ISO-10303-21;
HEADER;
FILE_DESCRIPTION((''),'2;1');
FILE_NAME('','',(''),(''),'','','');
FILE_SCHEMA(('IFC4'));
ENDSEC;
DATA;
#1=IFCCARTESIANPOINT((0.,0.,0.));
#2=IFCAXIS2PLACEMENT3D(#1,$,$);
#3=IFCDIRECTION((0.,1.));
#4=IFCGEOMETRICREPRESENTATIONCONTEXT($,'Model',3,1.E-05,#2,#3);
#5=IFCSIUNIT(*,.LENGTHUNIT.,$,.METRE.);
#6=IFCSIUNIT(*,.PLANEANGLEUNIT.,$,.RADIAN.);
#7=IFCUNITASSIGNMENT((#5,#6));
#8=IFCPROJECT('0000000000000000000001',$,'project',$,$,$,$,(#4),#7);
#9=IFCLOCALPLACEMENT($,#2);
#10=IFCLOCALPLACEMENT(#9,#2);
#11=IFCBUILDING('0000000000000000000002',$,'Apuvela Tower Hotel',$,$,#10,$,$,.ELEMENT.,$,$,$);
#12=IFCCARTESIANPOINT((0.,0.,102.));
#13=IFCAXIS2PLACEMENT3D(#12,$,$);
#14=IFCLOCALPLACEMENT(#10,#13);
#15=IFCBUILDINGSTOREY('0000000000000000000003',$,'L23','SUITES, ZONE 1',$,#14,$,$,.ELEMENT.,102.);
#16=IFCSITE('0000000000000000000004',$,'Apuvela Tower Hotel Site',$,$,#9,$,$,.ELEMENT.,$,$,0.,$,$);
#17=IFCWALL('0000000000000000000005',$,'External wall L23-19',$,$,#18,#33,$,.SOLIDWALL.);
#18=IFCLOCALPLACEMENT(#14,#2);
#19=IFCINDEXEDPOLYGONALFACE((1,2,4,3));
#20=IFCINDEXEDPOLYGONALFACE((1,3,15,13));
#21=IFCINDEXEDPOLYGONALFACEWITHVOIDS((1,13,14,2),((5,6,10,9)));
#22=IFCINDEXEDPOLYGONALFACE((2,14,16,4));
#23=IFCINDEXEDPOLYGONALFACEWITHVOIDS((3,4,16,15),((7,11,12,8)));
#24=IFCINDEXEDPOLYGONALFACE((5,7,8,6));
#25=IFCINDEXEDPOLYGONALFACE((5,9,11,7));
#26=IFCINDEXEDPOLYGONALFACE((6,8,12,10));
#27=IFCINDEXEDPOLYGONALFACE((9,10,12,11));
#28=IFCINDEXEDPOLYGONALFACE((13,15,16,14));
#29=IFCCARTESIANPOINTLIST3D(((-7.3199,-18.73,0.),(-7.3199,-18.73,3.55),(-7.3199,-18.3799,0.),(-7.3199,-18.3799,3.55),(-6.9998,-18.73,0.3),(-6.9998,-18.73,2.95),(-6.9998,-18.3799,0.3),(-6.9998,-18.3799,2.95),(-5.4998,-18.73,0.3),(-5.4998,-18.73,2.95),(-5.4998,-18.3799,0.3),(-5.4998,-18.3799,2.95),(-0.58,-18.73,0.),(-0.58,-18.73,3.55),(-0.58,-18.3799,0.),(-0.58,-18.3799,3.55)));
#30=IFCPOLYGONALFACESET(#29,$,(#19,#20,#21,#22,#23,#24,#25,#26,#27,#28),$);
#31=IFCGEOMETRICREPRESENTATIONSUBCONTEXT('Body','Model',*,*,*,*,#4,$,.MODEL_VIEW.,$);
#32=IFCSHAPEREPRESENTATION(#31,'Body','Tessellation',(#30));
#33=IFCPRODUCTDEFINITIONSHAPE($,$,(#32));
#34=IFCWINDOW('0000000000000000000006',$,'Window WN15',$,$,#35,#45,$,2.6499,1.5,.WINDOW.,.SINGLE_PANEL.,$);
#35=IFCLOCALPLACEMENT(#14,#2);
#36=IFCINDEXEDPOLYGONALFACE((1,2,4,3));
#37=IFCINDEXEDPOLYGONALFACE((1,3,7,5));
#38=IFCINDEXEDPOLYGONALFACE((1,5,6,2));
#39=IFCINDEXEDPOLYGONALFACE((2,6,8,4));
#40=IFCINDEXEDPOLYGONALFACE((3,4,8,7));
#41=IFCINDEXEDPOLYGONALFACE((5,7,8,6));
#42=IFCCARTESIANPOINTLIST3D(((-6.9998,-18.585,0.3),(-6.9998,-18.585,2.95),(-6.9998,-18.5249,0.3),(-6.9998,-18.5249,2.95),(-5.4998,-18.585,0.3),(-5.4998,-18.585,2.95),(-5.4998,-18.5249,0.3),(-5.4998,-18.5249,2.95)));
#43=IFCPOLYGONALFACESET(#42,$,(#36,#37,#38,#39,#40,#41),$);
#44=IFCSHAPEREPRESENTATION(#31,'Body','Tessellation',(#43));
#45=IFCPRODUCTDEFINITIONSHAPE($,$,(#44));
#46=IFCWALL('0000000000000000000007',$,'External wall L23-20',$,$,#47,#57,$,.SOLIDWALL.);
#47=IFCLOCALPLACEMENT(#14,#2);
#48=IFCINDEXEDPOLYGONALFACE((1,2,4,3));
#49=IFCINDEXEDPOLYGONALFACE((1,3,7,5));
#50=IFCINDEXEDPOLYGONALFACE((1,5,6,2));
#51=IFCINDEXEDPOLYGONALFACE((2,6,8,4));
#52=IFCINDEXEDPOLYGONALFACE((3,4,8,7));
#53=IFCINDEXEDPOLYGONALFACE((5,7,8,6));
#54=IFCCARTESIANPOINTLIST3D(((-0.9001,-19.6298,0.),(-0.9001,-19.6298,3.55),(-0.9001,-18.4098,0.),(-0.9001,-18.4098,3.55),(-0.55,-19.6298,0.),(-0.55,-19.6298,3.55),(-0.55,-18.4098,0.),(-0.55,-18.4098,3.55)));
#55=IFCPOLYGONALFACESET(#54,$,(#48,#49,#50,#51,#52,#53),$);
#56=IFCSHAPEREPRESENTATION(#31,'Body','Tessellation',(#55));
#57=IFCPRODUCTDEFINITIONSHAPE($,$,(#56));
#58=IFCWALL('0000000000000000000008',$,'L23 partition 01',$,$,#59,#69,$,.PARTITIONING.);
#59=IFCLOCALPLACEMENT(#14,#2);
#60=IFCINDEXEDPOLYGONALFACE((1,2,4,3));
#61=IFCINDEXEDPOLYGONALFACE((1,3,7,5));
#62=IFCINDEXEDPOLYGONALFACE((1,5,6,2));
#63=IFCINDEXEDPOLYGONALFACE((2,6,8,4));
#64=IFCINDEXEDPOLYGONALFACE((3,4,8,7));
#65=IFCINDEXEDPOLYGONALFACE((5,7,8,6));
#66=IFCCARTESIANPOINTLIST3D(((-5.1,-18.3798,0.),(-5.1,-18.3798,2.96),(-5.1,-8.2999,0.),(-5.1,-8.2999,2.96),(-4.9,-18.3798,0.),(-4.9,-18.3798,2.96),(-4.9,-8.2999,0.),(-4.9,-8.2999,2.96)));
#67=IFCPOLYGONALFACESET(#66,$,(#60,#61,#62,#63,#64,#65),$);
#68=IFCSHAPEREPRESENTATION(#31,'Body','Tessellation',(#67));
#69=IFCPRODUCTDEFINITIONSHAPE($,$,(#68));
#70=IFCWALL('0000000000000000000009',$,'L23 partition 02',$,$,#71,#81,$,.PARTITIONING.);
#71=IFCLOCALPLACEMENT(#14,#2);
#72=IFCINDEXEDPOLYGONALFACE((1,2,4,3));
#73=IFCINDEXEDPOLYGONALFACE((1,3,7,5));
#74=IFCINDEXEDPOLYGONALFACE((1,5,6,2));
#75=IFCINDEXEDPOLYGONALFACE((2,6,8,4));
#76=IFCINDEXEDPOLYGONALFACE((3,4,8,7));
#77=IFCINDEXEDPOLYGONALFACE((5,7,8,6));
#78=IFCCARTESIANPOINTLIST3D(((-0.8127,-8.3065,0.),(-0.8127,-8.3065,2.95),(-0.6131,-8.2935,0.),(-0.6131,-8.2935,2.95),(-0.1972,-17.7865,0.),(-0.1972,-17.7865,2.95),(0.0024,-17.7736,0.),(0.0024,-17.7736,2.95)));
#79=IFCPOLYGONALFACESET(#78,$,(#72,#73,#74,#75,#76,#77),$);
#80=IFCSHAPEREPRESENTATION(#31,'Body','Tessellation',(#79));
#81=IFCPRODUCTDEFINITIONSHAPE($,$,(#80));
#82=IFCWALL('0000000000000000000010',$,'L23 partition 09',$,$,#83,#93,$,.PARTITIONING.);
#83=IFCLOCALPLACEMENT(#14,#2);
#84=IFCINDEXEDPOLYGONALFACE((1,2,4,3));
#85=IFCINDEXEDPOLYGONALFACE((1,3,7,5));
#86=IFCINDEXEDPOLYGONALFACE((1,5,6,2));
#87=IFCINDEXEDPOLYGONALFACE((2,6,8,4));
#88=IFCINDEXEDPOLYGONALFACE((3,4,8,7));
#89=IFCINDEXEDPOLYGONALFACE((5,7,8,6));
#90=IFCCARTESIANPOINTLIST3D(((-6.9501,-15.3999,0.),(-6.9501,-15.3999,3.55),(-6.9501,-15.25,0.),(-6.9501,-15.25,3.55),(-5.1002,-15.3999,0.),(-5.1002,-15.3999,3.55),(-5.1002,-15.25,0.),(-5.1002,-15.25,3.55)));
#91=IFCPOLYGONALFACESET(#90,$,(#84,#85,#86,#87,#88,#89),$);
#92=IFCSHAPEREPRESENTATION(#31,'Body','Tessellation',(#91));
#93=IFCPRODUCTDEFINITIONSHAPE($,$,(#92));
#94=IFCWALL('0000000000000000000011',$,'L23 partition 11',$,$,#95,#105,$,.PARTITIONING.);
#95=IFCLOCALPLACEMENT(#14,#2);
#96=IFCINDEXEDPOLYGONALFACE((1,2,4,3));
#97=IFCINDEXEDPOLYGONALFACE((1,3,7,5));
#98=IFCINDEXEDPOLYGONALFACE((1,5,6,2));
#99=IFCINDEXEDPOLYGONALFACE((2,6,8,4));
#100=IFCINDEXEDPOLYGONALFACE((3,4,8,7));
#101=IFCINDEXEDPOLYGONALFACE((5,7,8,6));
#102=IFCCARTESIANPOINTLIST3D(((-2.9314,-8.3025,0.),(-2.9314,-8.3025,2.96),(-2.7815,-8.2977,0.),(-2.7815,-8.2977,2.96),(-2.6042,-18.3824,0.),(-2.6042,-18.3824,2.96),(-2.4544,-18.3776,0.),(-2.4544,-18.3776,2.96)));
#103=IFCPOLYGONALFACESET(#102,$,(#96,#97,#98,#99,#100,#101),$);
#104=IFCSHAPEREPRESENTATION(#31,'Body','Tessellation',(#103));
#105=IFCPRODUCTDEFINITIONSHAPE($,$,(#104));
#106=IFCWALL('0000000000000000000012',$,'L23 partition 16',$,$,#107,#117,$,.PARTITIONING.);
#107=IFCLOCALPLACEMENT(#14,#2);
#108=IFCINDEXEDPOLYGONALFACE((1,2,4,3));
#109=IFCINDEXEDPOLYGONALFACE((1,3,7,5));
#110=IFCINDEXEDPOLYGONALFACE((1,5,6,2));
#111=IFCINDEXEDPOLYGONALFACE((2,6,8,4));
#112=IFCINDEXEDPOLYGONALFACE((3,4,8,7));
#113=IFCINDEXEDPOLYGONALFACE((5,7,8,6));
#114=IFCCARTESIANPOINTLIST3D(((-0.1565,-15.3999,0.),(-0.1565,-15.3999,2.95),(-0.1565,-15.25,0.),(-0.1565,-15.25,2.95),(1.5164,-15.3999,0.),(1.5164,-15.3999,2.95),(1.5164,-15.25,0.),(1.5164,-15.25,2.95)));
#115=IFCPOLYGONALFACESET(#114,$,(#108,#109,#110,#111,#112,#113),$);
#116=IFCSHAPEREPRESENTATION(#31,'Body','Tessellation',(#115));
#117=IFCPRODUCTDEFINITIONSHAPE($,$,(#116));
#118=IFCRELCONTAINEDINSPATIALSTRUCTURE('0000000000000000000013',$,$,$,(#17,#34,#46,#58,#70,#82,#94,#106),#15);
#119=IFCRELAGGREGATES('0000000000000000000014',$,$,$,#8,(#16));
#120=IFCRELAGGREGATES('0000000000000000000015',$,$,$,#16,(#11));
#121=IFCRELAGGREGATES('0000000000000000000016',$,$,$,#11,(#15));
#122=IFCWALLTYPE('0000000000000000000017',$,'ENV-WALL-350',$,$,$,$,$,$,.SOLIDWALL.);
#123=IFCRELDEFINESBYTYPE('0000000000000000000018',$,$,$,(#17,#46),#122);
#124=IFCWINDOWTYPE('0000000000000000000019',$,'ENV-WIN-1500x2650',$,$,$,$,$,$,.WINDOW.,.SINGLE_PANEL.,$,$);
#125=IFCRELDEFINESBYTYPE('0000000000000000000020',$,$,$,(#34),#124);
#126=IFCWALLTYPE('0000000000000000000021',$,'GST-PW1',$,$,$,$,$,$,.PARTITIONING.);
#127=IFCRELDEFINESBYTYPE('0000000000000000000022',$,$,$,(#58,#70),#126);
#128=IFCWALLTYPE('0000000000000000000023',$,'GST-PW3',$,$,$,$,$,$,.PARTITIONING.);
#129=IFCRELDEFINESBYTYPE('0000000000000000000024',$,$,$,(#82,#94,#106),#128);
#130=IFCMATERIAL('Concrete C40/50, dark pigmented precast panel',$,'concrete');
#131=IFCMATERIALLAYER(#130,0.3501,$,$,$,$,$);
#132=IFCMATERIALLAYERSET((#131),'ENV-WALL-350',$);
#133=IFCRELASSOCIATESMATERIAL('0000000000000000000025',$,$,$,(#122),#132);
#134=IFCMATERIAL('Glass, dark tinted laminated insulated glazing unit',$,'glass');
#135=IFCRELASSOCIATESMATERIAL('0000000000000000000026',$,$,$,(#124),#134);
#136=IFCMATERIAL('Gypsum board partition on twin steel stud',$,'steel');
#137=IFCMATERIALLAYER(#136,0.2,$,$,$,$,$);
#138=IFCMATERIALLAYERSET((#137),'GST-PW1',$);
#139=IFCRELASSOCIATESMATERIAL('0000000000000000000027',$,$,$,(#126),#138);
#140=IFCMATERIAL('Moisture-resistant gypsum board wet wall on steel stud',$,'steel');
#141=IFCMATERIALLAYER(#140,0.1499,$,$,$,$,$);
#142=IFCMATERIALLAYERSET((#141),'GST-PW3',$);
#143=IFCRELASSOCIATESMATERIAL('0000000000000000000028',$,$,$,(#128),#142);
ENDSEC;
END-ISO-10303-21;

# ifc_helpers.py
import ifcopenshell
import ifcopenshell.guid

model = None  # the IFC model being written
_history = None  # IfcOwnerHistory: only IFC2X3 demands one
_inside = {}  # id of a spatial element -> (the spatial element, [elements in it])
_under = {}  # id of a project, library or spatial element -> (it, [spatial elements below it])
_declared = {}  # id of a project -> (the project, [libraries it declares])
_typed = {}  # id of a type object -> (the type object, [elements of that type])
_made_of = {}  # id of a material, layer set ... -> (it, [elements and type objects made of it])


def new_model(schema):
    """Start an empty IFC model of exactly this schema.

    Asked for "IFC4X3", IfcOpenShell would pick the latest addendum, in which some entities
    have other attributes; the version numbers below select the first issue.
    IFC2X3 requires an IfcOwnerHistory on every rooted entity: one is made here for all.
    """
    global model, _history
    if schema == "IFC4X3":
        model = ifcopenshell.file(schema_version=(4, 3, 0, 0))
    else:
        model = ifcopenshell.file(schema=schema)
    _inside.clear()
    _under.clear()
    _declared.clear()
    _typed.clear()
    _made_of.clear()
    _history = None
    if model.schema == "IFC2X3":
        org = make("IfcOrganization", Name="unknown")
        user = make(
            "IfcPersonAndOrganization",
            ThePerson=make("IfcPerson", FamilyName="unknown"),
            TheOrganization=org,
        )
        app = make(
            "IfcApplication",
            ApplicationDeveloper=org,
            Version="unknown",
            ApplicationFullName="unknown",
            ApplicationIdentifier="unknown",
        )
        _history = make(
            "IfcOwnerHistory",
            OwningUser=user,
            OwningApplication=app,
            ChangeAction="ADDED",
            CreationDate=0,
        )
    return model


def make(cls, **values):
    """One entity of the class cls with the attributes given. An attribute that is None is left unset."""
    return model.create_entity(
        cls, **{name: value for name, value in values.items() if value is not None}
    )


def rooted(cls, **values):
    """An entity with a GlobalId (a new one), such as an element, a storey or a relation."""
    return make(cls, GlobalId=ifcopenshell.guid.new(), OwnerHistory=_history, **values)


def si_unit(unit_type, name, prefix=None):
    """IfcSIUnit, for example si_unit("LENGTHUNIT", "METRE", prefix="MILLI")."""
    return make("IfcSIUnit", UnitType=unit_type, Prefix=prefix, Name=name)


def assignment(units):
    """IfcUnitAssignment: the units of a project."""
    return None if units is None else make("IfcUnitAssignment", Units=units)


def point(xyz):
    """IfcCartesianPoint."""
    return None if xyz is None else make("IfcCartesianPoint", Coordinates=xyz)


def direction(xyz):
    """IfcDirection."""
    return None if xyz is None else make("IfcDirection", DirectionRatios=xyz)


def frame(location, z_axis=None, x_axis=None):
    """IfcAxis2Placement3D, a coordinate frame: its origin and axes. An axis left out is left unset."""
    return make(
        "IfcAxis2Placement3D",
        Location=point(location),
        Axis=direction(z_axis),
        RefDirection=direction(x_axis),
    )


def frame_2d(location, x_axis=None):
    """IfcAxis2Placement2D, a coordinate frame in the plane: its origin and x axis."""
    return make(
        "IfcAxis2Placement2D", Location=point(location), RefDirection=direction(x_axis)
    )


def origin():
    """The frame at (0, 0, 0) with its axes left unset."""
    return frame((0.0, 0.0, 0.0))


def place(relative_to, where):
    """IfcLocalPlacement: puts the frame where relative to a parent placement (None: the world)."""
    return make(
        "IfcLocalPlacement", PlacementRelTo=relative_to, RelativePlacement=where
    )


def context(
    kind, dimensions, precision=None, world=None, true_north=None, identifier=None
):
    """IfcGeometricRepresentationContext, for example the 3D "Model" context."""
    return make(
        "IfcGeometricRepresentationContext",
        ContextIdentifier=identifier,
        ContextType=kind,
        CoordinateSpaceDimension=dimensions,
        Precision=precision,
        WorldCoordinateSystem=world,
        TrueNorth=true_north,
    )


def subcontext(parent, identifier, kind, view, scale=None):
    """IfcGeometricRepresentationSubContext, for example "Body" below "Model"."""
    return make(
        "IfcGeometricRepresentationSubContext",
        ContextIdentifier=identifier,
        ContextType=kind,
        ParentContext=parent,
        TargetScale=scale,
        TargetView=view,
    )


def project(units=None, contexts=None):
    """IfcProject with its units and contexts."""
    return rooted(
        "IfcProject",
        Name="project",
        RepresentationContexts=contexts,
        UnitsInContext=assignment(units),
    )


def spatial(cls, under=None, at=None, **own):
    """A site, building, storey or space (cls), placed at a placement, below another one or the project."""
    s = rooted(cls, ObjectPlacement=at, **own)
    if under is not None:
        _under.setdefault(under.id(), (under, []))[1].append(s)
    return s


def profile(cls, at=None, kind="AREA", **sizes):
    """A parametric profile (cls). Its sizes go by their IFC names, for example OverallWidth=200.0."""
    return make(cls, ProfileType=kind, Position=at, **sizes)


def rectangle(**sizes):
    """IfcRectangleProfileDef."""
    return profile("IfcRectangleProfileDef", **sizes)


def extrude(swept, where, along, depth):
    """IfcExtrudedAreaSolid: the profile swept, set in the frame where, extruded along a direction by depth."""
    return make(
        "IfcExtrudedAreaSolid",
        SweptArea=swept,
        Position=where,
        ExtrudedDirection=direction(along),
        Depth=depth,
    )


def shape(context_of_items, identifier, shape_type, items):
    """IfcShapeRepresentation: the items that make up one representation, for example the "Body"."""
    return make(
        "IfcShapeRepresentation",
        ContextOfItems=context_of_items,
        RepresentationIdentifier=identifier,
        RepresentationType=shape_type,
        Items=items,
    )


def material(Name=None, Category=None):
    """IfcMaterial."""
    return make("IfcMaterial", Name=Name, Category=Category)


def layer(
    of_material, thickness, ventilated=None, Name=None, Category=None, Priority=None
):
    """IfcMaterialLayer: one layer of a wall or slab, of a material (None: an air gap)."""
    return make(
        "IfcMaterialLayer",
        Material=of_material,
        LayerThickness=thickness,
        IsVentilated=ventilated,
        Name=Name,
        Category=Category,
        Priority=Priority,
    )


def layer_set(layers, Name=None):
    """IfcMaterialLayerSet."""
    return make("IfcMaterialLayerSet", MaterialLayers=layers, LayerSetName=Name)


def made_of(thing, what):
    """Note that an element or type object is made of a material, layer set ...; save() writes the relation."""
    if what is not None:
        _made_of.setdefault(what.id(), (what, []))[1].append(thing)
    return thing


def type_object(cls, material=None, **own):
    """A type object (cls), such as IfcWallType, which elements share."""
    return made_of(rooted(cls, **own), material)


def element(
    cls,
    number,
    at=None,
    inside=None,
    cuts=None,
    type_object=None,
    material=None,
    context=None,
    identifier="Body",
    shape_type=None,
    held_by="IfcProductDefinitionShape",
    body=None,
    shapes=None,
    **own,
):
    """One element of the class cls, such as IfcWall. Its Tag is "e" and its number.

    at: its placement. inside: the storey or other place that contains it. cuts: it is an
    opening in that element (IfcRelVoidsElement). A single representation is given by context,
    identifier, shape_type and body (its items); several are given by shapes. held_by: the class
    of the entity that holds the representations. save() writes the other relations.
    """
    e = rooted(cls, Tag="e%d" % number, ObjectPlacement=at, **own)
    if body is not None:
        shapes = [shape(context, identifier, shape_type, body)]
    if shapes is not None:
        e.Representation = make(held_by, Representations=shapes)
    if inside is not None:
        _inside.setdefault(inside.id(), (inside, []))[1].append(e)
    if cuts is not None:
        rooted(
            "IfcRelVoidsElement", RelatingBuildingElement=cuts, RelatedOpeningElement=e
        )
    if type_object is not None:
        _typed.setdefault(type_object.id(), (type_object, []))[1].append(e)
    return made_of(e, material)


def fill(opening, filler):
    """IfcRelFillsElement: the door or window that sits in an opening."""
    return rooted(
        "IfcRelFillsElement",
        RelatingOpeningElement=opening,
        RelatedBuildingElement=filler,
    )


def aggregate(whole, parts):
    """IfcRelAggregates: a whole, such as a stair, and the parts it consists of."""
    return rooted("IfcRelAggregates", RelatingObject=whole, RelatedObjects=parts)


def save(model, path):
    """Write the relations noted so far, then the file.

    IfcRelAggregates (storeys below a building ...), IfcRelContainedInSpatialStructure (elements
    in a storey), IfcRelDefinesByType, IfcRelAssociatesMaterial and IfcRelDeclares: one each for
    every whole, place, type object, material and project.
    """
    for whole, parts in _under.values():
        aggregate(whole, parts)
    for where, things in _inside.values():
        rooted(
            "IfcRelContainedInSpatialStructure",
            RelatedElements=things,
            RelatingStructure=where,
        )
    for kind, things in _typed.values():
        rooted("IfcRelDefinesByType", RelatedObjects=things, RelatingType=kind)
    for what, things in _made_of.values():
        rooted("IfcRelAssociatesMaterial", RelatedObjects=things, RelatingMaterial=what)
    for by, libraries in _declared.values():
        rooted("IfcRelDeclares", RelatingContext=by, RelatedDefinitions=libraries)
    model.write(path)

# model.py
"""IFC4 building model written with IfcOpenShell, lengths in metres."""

from ifc_helpers import new_model, si_unit, direction, frame, frame_2d, origin, place, context, subcontext, project, spatial, rectangle, extrude, material, layer, layer_set, type_object, element, fill, save


model = new_model("IFC4")

# Units and contexts
model_context = context("Model", 3, precision=1e-05, world=origin(), true_north=direction((0.0, 1.0)))
body_context = subcontext(model_context, "Body", "Model", "MODEL_VIEW")
ifc_project = project(units=[si_unit("LENGTHUNIT", "METRE"), si_unit("PLANEANGLEUNIT", "RADIAN")], contexts=[model_context])

# Site, building, storey
site_placement = place(None, origin())
site = spatial("IfcSite", under=ifc_project, at=site_placement, Name="Apuvela Tower Hotel Site", CompositionType="ELEMENT", RefElevation=0.0)
building_placement = place(site_placement, origin())
building = spatial("IfcBuilding", under=site, at=building_placement, Name="Apuvela Tower Hotel", CompositionType="ELEMENT")
storey_placement = place(building_placement, frame((0.0, 0.0, 102.0)))
storey = spatial("IfcBuildingStorey", under=building, at=storey_placement, Name="L23", Description="SUITES, ZONE 1", CompositionType="ELEMENT", Elevation=102.0)

# Shared definitions
ifc_material_1 = material(Name="Concrete C40/50, dark pigmented precast panel", Category="concrete")
ifc_layer_1 = layer(ifc_material_1, 0.3501)
ifc_layer_set_1 = layer_set([ifc_layer_1], Name="ENV-WALL-350")
wall_type_1 = type_object("IfcWallType", Name="ENV-WALL-350", PredefinedType="SOLIDWALL", material=ifc_layer_set_1)

# Wall, opening, window
wall_1_placement = place(storey_placement, frame((-7.3201, -18.5549, 0.0), z_axis=(0.0, 0.0, 1.0), x_axis=(1.0, 0.0, 0.0)))
wall_1 = element("IfcWall", 1, at=wall_1_placement, inside=storey, type_object=wall_type_1, Name="External wall L23-19", PredefinedType="SOLIDWALL", context=body_context, shape_type="SweptSolid", body=[
    extrude(rectangle(XDim=6.74, YDim=0.3501, at=frame_2d((3.3701, 0.0))), origin(), (0.0, 0.0, 1.0), 3.55),
])
opening_1_placement = place(wall_1_placement, frame((0.3203, 0.0, 0.3)))
opening_1 = element("IfcOpeningElement", 2, at=opening_1_placement, cuts=wall_1, PredefinedType="OPENING", context=body_context, shape_type="SweptSolid", body=[
    extrude(rectangle(XDim=1.5, YDim=2.6499, at=frame_2d((0.75, 1.325))), frame((0.0, 0.1851, 0.0), z_axis=(0.0, -1.0, 0.0), x_axis=(1.0, 0.0, 0.0)), (0.0, 0.0, 1.0), 0.3701),
])
ifc_material_2 = material(Name="Glass, dark tinted laminated insulated glazing unit", Category="glass")
window_type_1 = type_object("IfcWindowType", Name="ENV-WIN-1500x2650", PartitioningType="SINGLE_PANEL", PredefinedType="WINDOW", material=ifc_material_2)
window_1_placement = place(opening_1_placement, origin())
window_1 = element("IfcWindow", 3, at=window_1_placement, inside=storey, type_object=window_type_1, Name="Window WN15", OverallHeight=2.6499, OverallWidth=1.5, PartitioningType="SINGLE_PANEL", PredefinedType="WINDOW", context=body_context, shape_type="SweptSolid", body=[
    extrude(rectangle(XDim=1.5, YDim=2.6499, at=frame_2d((0.75, 1.325))), frame((0.0, 0.03, 0.0), z_axis=(0.0, -1.0, 0.0), x_axis=(1.0, 0.0, 0.0)), (0.0, 0.0, 1.0), 0.0601),
])
fill(opening_1, window_1)

# Wall
wall_2_placement = place(storey_placement, frame((-0.7251, -18.4099, 0.0), z_axis=(0.0, 0.0, 1.0), x_axis=(0.0, -1.0, 0.0)))
element("IfcWall", 4, at=wall_2_placement, inside=storey, type_object=wall_type_1, Name="External wall L23-20", PredefinedType="SOLIDWALL", context=body_context, shape_type="SweptSolid", body=[
    extrude(rectangle(XDim=1.22, YDim=0.3501, at=frame_2d((0.6099, 0.0))), origin(), (0.0, 0.0, 1.0), 3.55),
])

# Walls
ifc_material_3 = material(Name="Gypsum board partition on twin steel stud", Category="steel")
ifc_layer_2 = layer(ifc_material_3, 0.2)
ifc_layer_set_2 = layer_set([ifc_layer_2], Name="GST-PW1")
wall_type_2 = type_object("IfcWallType", Name="GST-PW1", PredefinedType="PARTITIONING", material=ifc_layer_set_2)
wall_3_placement = place(storey_placement, frame((-5.0, -18.3799, 0.0), z_axis=(0.0, 0.0, 1.0), x_axis=(0.0, 1.0, 0.0)))
element("IfcWall", 5, at=wall_3_placement, inside=storey, type_object=wall_type_2, Name="L23 partition 01", PredefinedType="PARTITIONING", context=body_context, shape_type="SweptSolid", body=[
    extrude(rectangle(XDim=10.0798, YDim=0.2, at=frame_2d((5.04, 0.0))), origin(), (0.0, 0.0, 1.0), 2.96),
])
wall_4_placement = place(storey_placement, frame((-0.0974, -17.78, 0.0), z_axis=(0.0, 0.0, 1.0), x_axis=(-0.064788, 0.997899, 0.0)))
element("IfcWall", 6, at=wall_4_placement, inside=storey, type_object=wall_type_2, Name="L23 partition 02", PredefinedType="PARTITIONING", context=body_context, shape_type="SweptSolid", body=[
    extrude(rectangle(XDim=9.5, YDim=0.2, at=frame_2d((4.75, 0.0))), origin(), (0.0, 0.0, 1.0), 2.95),
])
ifc_material_4 = material(Name="Moisture-resistant gypsum board wet wall on steel stud", Category="steel")
ifc_layer_3 = layer(ifc_material_4, 0.1499)
ifc_layer_set_3 = layer_set([ifc_layer_3], Name="GST-PW3")
wall_type_3 = type_object("IfcWallType", Name="GST-PW3", PredefinedType="PARTITIONING", material=ifc_layer_set_3)
wall_5_placement = place(storey_placement, frame((-6.95, -15.325, 0.0), z_axis=(0.0, 0.0, 1.0), x_axis=(1.0, 0.0, 0.0)))
element("IfcWall", 7, at=wall_5_placement, inside=storey, type_object=wall_type_3, Name="L23 partition 09", PredefinedType="PARTITIONING", context=body_context, shape_type="SweptSolid", body=[
    extrude(rectangle(XDim=1.8499, YDim=0.1499, at=frame_2d((0.9248, 0.0))), origin(), (0.0, 0.0, 1.0), 3.55),
])
wall_6_placement = place(storey_placement, frame((-2.5293, -18.3799, 0.0), z_axis=(0.0, 0.0, 1.0), x_axis=(-0.032439, 0.999474, 0.0)))
element("IfcWall", 8, at=wall_6_placement, inside=storey, type_object=wall_type_3, Name="L23 partition 11", PredefinedType="PARTITIONING", context=body_context, shape_type="SweptSolid", body=[
    extrude(rectangle(XDim=10.0852, YDim=0.1499, at=frame_2d((5.0425, 0.0))), origin(), (0.0, 0.0, 1.0), 2.96),
])
wall_7_placement = place(storey_placement, frame((-0.1565, -15.325, 0.0), z_axis=(0.0, 0.0, 1.0), x_axis=(1.0, 0.0, 0.0)))
element("IfcWall", 9, at=wall_7_placement, inside=storey, type_object=wall_type_3, Name="L23 partition 16", PredefinedType="PARTITIONING", context=body_context, shape_type="SweptSolid", body=[
    extrude(rectangle(XDim=1.6729, YDim=0.1499, at=frame_2d((0.8364, 0.0))), origin(), (0.0, 0.0, 1.0), 2.95),
])

save(model, "model.ifc")
